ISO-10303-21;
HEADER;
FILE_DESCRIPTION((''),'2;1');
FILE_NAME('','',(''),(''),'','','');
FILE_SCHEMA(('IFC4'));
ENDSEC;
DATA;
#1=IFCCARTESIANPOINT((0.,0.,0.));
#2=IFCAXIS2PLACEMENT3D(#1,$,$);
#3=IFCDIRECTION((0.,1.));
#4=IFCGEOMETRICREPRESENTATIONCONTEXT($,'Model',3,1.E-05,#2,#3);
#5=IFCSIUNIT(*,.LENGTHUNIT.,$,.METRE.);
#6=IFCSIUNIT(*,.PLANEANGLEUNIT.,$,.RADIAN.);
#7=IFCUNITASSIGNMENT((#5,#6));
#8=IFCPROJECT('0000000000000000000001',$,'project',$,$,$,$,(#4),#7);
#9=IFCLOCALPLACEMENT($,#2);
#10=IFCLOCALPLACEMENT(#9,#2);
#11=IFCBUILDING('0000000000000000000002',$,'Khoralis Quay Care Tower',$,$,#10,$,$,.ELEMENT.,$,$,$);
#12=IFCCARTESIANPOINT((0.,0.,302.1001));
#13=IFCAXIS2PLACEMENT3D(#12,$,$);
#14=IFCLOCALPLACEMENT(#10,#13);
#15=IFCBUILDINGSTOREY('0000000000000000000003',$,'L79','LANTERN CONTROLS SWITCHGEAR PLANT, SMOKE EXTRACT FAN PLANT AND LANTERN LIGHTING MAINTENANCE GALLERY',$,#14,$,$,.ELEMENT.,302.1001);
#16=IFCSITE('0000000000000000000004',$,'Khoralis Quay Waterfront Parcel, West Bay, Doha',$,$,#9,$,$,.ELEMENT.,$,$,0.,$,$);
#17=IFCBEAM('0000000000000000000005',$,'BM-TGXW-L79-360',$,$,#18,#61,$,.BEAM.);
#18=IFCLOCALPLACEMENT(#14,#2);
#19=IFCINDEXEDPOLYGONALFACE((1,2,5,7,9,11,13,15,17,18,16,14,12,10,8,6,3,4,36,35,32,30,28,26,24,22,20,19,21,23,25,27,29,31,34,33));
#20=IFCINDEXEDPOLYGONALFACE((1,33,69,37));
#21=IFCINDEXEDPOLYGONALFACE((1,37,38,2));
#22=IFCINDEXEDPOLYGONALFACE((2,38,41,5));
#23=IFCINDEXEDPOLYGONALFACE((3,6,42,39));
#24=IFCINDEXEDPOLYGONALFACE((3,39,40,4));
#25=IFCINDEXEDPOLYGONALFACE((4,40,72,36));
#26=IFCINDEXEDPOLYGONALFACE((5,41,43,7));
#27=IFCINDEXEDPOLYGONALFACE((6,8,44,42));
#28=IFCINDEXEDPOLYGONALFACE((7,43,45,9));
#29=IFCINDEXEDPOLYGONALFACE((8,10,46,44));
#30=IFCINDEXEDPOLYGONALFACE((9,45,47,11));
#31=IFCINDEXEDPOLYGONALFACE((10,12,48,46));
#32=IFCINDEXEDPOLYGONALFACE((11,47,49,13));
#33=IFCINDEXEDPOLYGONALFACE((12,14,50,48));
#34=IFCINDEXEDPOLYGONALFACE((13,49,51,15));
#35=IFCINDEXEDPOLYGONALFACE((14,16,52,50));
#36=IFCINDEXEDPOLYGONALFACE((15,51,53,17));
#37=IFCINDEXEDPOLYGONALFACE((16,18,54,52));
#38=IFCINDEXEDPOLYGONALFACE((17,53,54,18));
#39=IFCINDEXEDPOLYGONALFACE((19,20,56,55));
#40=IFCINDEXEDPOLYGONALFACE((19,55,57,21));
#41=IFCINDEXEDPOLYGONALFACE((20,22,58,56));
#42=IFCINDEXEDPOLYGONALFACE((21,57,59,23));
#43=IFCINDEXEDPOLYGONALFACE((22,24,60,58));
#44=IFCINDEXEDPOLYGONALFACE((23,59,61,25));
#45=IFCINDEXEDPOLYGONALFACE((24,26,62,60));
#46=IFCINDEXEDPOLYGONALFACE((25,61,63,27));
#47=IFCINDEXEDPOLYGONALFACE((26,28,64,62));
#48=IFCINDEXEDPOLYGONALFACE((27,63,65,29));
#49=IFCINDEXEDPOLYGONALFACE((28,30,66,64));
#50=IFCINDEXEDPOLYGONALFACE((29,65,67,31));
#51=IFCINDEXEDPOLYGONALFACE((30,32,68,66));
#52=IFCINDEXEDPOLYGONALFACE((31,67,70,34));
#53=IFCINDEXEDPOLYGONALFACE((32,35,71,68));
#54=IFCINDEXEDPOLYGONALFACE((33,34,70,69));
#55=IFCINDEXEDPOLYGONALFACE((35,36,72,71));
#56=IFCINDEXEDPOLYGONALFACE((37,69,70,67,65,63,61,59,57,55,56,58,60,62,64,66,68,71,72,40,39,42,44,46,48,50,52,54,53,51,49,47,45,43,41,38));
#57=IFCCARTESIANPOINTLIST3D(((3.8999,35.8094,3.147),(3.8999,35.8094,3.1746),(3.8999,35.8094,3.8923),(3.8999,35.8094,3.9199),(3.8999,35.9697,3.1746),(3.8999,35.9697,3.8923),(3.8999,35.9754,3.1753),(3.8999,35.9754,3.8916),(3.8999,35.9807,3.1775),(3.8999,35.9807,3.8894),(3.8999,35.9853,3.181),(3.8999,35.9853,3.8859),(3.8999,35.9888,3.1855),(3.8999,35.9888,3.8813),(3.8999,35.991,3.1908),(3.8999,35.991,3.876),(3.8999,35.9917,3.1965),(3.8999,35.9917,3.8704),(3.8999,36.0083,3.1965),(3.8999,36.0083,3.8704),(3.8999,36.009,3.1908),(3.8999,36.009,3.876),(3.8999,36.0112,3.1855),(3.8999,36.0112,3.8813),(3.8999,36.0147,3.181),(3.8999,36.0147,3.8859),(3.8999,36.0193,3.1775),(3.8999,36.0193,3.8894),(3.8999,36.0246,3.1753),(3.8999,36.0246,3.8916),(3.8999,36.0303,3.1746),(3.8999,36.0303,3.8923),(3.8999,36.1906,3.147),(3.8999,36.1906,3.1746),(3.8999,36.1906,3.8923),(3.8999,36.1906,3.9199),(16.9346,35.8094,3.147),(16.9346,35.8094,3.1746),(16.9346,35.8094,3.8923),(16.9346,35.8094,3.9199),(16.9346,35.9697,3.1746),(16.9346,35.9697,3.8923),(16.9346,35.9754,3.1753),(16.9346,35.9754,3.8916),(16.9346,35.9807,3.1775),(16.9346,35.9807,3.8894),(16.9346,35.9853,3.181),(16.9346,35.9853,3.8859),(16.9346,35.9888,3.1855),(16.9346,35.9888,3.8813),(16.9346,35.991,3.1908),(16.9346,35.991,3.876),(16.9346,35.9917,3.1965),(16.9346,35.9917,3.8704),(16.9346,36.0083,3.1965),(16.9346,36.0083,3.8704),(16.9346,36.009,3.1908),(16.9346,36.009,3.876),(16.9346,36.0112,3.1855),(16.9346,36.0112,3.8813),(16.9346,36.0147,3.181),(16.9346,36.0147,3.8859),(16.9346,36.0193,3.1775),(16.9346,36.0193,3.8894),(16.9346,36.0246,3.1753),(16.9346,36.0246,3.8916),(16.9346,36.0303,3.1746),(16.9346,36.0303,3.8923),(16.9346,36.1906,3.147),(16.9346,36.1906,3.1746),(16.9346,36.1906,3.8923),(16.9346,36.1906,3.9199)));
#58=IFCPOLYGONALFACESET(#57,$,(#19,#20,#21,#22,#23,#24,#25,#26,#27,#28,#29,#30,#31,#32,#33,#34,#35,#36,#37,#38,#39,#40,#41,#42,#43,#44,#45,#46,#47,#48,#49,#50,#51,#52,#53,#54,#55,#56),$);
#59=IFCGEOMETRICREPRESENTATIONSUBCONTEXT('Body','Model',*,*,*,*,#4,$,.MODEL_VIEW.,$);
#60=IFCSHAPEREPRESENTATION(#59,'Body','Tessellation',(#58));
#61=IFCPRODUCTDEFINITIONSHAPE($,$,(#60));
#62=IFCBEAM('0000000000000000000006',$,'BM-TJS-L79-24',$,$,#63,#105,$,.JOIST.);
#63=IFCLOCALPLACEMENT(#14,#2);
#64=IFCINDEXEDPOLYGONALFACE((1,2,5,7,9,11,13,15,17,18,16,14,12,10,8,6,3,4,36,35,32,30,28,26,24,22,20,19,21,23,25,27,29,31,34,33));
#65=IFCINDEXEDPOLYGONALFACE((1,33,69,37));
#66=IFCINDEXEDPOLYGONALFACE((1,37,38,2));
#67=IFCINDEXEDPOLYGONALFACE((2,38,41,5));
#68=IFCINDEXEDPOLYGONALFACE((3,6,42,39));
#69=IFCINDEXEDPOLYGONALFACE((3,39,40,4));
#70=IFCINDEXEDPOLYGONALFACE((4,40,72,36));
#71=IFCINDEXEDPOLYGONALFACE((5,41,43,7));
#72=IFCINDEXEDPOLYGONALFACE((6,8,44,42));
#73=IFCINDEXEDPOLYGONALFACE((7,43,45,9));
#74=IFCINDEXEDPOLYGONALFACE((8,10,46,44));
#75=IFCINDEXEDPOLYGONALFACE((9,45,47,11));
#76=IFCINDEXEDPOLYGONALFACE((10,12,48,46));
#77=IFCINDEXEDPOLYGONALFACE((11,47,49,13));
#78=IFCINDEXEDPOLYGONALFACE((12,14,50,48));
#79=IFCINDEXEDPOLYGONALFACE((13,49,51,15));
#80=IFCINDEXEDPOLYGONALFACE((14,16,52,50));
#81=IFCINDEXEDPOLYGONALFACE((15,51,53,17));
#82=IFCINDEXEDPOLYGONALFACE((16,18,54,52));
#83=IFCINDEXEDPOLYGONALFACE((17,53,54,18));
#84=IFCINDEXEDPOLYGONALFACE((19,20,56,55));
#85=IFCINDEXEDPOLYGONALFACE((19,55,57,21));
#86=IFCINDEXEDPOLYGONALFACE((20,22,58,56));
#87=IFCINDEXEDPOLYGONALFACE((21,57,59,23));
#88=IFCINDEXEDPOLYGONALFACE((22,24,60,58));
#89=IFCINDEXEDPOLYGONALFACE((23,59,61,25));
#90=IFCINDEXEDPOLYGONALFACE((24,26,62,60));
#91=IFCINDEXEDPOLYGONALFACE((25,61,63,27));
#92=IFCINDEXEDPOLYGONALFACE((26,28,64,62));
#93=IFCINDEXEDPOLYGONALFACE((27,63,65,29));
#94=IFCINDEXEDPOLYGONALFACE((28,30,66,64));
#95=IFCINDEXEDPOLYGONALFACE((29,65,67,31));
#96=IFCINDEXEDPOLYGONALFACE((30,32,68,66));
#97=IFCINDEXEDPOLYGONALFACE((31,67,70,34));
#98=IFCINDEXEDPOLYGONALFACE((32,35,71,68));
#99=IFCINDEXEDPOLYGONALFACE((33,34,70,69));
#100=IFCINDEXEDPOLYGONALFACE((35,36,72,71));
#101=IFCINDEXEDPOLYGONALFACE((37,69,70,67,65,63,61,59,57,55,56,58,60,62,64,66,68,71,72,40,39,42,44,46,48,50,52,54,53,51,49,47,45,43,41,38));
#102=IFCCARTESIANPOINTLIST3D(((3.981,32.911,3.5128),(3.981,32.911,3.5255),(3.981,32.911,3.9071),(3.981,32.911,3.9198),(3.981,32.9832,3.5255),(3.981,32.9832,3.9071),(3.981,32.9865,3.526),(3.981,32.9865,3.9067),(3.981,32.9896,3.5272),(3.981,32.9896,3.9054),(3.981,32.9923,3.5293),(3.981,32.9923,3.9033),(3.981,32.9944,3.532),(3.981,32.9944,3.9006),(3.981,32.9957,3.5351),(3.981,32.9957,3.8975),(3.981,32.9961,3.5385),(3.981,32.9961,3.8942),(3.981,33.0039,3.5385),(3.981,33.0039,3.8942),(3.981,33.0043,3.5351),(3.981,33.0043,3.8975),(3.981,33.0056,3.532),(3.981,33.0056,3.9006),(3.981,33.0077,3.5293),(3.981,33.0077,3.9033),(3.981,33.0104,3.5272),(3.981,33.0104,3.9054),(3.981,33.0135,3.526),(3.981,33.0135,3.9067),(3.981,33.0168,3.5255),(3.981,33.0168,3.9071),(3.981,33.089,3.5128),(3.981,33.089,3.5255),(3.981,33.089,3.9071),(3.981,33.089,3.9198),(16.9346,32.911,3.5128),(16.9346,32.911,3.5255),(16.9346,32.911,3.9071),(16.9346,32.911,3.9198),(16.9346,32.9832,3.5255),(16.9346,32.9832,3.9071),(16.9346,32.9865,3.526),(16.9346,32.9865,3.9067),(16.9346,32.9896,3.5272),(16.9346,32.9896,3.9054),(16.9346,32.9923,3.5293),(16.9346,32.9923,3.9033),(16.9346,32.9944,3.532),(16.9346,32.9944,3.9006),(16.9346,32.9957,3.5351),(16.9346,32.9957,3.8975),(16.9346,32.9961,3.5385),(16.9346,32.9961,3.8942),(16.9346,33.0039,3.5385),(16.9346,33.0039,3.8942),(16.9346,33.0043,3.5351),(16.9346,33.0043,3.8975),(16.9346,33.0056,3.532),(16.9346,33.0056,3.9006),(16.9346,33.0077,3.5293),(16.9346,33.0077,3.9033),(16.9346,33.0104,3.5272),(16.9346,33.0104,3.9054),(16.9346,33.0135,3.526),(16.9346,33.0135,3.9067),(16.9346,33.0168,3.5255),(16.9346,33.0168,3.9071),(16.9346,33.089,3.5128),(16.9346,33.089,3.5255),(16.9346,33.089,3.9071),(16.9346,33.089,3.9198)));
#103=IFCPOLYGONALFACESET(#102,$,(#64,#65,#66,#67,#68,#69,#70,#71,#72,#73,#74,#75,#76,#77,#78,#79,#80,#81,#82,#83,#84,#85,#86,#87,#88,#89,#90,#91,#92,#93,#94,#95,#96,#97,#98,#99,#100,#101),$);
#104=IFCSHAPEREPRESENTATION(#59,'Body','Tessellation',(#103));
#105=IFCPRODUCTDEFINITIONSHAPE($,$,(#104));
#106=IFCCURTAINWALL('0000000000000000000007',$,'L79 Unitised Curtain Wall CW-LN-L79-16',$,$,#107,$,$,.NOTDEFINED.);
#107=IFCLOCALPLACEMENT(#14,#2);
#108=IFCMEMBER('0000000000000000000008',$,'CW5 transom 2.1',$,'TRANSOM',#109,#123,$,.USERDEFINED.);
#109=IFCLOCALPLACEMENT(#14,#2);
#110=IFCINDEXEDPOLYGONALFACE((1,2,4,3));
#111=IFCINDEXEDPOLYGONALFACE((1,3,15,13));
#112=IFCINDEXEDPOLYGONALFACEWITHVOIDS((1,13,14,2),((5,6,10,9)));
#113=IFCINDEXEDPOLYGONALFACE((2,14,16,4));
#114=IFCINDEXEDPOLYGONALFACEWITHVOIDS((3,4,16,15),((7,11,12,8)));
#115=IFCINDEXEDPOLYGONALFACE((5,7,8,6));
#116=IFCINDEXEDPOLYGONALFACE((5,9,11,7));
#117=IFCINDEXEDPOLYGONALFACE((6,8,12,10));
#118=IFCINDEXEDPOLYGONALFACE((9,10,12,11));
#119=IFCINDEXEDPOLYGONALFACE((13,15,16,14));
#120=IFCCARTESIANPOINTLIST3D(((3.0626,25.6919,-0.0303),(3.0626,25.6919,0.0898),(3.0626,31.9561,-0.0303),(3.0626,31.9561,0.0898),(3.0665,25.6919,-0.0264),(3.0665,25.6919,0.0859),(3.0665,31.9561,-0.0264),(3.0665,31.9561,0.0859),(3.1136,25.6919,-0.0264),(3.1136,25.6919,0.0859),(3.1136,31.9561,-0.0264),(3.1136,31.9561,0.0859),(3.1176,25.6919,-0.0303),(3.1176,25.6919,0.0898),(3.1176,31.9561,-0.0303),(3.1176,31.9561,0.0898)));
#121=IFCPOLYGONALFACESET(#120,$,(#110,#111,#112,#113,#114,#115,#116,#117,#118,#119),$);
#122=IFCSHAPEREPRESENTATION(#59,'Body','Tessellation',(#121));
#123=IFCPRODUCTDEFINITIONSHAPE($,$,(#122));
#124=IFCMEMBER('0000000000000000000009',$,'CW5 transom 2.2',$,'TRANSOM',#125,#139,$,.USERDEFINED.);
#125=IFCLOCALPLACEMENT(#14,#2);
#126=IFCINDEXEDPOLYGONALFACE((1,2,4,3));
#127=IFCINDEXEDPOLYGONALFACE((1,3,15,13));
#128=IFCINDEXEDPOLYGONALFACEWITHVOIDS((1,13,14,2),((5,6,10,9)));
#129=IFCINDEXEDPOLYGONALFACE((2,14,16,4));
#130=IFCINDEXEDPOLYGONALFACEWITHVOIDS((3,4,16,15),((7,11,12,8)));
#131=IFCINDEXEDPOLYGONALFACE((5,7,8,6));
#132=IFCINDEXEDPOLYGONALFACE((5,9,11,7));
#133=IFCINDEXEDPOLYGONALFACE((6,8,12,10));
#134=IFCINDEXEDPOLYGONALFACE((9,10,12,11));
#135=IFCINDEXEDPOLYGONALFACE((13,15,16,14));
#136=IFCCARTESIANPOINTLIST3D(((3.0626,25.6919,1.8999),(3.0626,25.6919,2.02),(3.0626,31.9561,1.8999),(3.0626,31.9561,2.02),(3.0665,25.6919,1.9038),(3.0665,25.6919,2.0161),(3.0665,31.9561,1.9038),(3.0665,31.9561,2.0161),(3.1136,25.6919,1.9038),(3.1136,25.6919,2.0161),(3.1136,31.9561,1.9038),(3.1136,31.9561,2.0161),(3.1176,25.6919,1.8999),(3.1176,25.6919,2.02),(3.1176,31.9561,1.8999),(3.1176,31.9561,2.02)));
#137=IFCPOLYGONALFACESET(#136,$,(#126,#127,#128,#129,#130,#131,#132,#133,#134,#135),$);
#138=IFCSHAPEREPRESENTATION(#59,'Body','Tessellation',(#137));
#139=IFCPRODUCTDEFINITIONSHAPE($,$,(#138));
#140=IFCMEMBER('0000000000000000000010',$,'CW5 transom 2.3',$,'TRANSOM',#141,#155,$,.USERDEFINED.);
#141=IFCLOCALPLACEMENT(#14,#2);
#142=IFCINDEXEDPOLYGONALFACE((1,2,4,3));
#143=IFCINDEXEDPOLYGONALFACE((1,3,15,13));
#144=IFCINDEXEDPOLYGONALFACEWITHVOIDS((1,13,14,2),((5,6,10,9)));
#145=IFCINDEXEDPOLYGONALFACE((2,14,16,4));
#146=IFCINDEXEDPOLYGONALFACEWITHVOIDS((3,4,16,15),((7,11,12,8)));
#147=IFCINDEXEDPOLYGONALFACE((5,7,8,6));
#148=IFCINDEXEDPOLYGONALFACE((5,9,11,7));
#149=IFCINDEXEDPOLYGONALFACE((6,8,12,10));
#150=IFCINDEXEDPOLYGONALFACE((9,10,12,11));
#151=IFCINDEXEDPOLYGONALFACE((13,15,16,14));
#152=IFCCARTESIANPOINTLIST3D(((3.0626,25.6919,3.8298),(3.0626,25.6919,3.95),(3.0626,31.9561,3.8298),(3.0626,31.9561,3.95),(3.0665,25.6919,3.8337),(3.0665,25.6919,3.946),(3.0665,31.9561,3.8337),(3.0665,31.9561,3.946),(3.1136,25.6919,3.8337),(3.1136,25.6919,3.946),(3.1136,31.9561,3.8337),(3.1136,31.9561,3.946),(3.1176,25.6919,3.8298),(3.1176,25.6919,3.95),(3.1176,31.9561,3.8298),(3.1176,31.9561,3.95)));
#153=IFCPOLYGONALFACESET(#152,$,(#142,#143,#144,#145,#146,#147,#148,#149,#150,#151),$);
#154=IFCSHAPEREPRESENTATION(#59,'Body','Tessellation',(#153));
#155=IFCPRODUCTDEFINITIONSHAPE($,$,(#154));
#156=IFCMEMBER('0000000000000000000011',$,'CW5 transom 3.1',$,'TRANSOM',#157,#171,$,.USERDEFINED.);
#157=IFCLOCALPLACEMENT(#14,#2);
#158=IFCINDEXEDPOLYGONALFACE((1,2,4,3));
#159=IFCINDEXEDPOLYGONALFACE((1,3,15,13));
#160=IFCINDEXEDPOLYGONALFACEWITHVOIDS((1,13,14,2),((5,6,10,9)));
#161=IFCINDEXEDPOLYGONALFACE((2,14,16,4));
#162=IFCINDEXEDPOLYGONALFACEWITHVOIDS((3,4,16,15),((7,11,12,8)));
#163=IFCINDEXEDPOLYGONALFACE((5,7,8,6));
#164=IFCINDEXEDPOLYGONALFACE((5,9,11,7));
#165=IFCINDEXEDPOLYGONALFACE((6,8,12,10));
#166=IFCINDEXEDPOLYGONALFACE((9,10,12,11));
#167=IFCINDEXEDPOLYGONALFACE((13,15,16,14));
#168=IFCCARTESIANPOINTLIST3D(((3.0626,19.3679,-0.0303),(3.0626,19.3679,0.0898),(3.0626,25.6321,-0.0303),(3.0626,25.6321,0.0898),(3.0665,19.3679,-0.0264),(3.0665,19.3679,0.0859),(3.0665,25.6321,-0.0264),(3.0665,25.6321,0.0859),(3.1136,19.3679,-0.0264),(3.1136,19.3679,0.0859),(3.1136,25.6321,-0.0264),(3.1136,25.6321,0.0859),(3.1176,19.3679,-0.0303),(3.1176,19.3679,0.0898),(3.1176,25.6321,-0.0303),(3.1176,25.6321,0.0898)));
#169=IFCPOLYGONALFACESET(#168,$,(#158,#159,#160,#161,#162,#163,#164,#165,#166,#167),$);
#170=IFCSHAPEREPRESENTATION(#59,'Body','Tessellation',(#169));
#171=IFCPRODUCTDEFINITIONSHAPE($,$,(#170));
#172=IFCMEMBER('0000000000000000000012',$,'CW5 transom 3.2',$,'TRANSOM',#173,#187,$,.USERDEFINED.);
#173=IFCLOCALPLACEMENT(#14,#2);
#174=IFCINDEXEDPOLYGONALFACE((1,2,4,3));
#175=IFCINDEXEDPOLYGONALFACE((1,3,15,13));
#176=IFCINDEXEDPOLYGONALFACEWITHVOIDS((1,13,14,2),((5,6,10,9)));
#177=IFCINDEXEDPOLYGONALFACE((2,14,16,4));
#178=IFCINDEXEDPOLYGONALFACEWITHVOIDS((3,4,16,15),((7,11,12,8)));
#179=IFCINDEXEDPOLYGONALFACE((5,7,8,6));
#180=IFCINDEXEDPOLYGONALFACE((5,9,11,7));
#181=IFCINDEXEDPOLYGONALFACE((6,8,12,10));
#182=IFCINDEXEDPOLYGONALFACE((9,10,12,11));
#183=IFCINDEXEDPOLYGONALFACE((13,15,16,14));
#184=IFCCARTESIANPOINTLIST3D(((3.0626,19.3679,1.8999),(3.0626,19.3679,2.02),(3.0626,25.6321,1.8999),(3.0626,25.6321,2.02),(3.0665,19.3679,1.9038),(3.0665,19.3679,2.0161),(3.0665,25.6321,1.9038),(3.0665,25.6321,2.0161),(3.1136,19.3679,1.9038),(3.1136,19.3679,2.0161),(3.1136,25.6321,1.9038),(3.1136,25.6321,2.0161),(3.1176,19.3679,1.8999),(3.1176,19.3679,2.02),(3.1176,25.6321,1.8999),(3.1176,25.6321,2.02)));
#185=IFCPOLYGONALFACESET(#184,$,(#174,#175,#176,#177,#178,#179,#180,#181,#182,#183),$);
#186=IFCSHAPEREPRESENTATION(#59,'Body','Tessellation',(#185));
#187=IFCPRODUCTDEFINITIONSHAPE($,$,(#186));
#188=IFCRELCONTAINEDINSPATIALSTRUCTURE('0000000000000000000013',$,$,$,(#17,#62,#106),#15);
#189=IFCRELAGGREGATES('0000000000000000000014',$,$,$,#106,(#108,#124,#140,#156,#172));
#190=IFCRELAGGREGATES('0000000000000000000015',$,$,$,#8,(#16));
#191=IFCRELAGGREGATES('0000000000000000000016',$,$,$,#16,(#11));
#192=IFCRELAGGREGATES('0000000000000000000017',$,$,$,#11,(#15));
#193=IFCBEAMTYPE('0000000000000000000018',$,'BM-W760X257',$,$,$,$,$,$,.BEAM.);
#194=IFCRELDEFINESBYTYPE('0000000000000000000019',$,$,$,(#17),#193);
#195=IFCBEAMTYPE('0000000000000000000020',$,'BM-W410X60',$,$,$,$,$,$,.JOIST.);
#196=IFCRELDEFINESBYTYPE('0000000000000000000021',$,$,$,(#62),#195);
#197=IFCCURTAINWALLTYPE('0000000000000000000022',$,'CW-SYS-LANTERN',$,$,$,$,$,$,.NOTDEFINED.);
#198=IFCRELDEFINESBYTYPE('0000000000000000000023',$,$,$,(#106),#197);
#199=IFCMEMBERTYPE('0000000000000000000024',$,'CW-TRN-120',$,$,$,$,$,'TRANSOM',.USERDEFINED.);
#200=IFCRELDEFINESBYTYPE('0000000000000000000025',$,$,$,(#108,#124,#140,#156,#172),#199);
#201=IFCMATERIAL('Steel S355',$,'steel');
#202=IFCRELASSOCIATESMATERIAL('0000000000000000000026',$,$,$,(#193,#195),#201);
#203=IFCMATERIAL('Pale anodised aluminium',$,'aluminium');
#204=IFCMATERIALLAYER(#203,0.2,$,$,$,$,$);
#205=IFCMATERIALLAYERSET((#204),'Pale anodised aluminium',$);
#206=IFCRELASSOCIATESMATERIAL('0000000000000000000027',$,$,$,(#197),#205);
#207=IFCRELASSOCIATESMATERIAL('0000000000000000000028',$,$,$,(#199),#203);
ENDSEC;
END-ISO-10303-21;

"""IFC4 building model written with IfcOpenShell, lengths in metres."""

from ifc_helpers import new_model, si_unit, direction, frame, origin, origin_2d, place, context, subcontext, project, spatial, hollow_rectangle, i_section, extrude, source, transform, mapped, material, layer, layer_set, material_profile, profile_set, type_object, element, aggregate, save


model = new_model("IFC4")

# Units and contexts
model_context = context("Model", 3, precision=1e-05, world=origin(), true_north=direction((0.0, 1.0)))
body_context = subcontext(model_context, "Body", "Model", "MODEL_VIEW")
ifc_project = project(units=[si_unit("LENGTHUNIT", "METRE"), si_unit("PLANEANGLEUNIT", "RADIAN")], contexts=[model_context])

# Site, building, storey
site_placement = place(None, origin())
site = spatial("IfcSite", under=ifc_project, at=site_placement, Name="Khoralis Quay Waterfront Parcel, West Bay, Doha", CompositionType="ELEMENT", RefElevation=0.0)
building_placement = place(site_placement, origin())
building = spatial("IfcBuilding", under=site, at=building_placement, Name="Khoralis Quay Care Tower", CompositionType="ELEMENT")
storey_placement = place(building_placement, frame((0.0, 0.0, 302.1001)))
storey = spatial("IfcBuildingStorey", under=building, at=storey_placement, Name="L79", Description="LANTERN CONTROLS SWITCHGEAR PLANT, SMOKE EXTRACT FAN PLANT AND LANTERN LIGHTING MAINTENANCE GALLERY", CompositionType="ELEMENT", Elevation=302.1001)

# Beams
ifc_material_1 = material(Name="Steel S355", Category="steel")
ifc_material_profile_1 = material_profile(ifc_material_1, i_section(OverallWidth=0.3811, OverallDepth=0.7729, WebThickness=0.0166, FlangeThickness=0.0276, FilletRadius=0.022, at=origin_2d()), Name="Steel S355")
ifc_profile_set_1 = profile_set([ifc_material_profile_1], Name="Steel S355")
beam_type_1 = type_object("IfcBeamType", Name="BM-W760X257", PredefinedType="BEAM", material=ifc_profile_set_1)
shared_shape_1 = source(origin(), body_context, "Body", "SweptSolid", [
    extrude(i_section(OverallWidth=0.3811, OverallDepth=0.7729, WebThickness=0.0166, FlangeThickness=0.0276, FilletRadius=0.022, at=origin_2d()), origin(), (0.0, 0.0, 1.0), 13.0347),
])
beam_1_placement = place(storey_placement, frame((3.8999, 36.0, 3.5334), z_axis=(1.0, 0.0, 0.0), x_axis=(0.0, 1.0, 0.0)))
element("IfcBeam", 1, at=beam_1_placement, inside=storey, type_object=beam_type_1, Name="BM-TGXW-L79-360", PredefinedType="BEAM", context=body_context, shape_type="MappedRepresentation", body=[
    mapped(shared_shape_1, transform((0.0, 0.0, 0.0), scale=1.0)),
])
ifc_material_profile_2 = material_profile(ifc_material_1, i_section(OverallWidth=0.178, OverallDepth=0.407, WebThickness=0.0078, FlangeThickness=0.0127, FilletRadius=0.0129, at=origin_2d()), Name="Steel S355")
ifc_profile_set_2 = profile_set([ifc_material_profile_2], Name="Steel S355")
beam_type_2 = type_object("IfcBeamType", Name="BM-W410X60", PredefinedType="JOIST", material=ifc_profile_set_2)
shared_shape_2 = source(origin(), body_context, "Body", "SweptSolid", [
    extrude(i_section(OverallWidth=0.178, OverallDepth=0.407, WebThickness=0.0078, FlangeThickness=0.0127, FilletRadius=0.0129, at=origin_2d()), origin(), (0.0, 0.0, 1.0), 12.9536),
])
beam_2_placement = place(storey_placement, frame((3.981, 33.0, 3.7163), z_axis=(1.0, 0.0, 0.0), x_axis=(0.0, 1.0, 0.0)))
element("IfcBeam", 2, at=beam_2_placement, inside=storey, type_object=beam_type_2, Name="BM-TJS-L79-24", PredefinedType="JOIST", context=body_context, shape_type="MappedRepresentation", body=[
    mapped(shared_shape_2, transform((0.0, 0.0, 0.0), scale=1.0)),
])

# Curtain wall, members
ifc_material_2 = material(Name="Pale anodised aluminium", Category="aluminium")
ifc_layer_1 = layer(ifc_material_2, 0.2)
ifc_layer_set_1 = layer_set([ifc_layer_1], Name="Pale anodised aluminium")
curtain_wall_type = type_object("IfcCurtainWallType", Name="CW-SYS-LANTERN", PredefinedType="NOTDEFINED", material=ifc_layer_set_1)
curtain_wall_placement = place(storey_placement, origin())
curtain_wall = element("IfcCurtainWall", 3, at=curtain_wall_placement, inside=storey, type_object=curtain_wall_type, Name="L79 Unitised Curtain Wall CW-LN-L79-16", PredefinedType="NOTDEFINED")
ifc_material_profile_3 = material_profile(ifc_material_2, hollow_rectangle(XDim=0.0549, YDim=0.1201, WallThickness=0.0039, at=origin_2d()), Name="Pale anodised aluminium")
ifc_profile_set_3 = profile_set([ifc_material_profile_3], Name="Pale anodised aluminium")
member_type_1 = type_object("IfcMemberType", Name="CW-TRN-120", ElementType="TRANSOM", PredefinedType="USERDEFINED", material=ifc_profile_set_3)
shared_shape_3 = source(origin(), body_context, "Body", "SweptSolid", [
    extrude(hollow_rectangle(XDim=0.0549, YDim=0.1201, WallThickness=0.0039, at=origin_2d()), origin(), (0.0, 0.0, 1.0), 6.2642),
])
member_1_placement = place(storey_placement, frame((3.0901, 31.9561, 0.0298), z_axis=(0.0, -1.0, 0.0), x_axis=(1.0, 0.0, 0.0)))
member_1 = element("IfcMember", 4, at=member_1_placement, type_object=member_type_1, Name="CW5 transom 2.1", ObjectType="TRANSOM", PredefinedType="USERDEFINED", context=body_context, shape_type="MappedRepresentation", body=[
    mapped(shared_shape_3, transform((0.0, 0.0, 0.0), scale=1.0)),
])
member_2_placement = place(storey_placement, frame((3.0901, 31.9561, 1.96), z_axis=(0.0, -1.0, 0.0), x_axis=(1.0, 0.0, 0.0)))
member_2 = element("IfcMember", 5, at=member_2_placement, type_object=member_type_1, Name="CW5 transom 2.2", ObjectType="TRANSOM", PredefinedType="USERDEFINED", context=body_context, shape_type="MappedRepresentation", body=[
    mapped(shared_shape_3, transform((0.0, 0.0, 0.0), scale=1.0)),
])
member_3_placement = place(storey_placement, frame((3.0901, 31.9561, 3.8899), z_axis=(0.0, -1.0, 0.0), x_axis=(1.0, 0.0, 0.0)))
member_3 = element("IfcMember", 6, at=member_3_placement, type_object=member_type_1, Name="CW5 transom 2.3", ObjectType="TRANSOM", PredefinedType="USERDEFINED", context=body_context, shape_type="MappedRepresentation", body=[
    mapped(shared_shape_3, transform((0.0, 0.0, 0.0), scale=1.0)),
])
member_4_placement = place(storey_placement, frame((3.0901, 25.6321, 0.0298), z_axis=(0.0, -1.0, 0.0), x_axis=(1.0, 0.0, 0.0)))
member_4 = element("IfcMember", 7, at=member_4_placement, type_object=member_type_1, Name="CW5 transom 3.1", ObjectType="TRANSOM", PredefinedType="USERDEFINED", context=body_context, shape_type="MappedRepresentation", body=[
    mapped(shared_shape_3, transform((0.0, 0.0, 0.0), scale=1.0)),
])
member_5_placement = place(storey_placement, frame((3.0901, 25.6321, 1.96), z_axis=(0.0, -1.0, 0.0), x_axis=(1.0, 0.0, 0.0)))
member_5 = element("IfcMember", 8, at=member_5_placement, type_object=member_type_1, Name="CW5 transom 3.2", ObjectType="TRANSOM", PredefinedType="USERDEFINED", context=body_context, shape_type="MappedRepresentation", body=[
    mapped(shared_shape_3, transform((0.0, 0.0, 0.0), scale=1.0)),
])
aggregate(curtain_wall, [member_1, member_2, member_3, member_4, member_5])

save(model, "model.ifc")
